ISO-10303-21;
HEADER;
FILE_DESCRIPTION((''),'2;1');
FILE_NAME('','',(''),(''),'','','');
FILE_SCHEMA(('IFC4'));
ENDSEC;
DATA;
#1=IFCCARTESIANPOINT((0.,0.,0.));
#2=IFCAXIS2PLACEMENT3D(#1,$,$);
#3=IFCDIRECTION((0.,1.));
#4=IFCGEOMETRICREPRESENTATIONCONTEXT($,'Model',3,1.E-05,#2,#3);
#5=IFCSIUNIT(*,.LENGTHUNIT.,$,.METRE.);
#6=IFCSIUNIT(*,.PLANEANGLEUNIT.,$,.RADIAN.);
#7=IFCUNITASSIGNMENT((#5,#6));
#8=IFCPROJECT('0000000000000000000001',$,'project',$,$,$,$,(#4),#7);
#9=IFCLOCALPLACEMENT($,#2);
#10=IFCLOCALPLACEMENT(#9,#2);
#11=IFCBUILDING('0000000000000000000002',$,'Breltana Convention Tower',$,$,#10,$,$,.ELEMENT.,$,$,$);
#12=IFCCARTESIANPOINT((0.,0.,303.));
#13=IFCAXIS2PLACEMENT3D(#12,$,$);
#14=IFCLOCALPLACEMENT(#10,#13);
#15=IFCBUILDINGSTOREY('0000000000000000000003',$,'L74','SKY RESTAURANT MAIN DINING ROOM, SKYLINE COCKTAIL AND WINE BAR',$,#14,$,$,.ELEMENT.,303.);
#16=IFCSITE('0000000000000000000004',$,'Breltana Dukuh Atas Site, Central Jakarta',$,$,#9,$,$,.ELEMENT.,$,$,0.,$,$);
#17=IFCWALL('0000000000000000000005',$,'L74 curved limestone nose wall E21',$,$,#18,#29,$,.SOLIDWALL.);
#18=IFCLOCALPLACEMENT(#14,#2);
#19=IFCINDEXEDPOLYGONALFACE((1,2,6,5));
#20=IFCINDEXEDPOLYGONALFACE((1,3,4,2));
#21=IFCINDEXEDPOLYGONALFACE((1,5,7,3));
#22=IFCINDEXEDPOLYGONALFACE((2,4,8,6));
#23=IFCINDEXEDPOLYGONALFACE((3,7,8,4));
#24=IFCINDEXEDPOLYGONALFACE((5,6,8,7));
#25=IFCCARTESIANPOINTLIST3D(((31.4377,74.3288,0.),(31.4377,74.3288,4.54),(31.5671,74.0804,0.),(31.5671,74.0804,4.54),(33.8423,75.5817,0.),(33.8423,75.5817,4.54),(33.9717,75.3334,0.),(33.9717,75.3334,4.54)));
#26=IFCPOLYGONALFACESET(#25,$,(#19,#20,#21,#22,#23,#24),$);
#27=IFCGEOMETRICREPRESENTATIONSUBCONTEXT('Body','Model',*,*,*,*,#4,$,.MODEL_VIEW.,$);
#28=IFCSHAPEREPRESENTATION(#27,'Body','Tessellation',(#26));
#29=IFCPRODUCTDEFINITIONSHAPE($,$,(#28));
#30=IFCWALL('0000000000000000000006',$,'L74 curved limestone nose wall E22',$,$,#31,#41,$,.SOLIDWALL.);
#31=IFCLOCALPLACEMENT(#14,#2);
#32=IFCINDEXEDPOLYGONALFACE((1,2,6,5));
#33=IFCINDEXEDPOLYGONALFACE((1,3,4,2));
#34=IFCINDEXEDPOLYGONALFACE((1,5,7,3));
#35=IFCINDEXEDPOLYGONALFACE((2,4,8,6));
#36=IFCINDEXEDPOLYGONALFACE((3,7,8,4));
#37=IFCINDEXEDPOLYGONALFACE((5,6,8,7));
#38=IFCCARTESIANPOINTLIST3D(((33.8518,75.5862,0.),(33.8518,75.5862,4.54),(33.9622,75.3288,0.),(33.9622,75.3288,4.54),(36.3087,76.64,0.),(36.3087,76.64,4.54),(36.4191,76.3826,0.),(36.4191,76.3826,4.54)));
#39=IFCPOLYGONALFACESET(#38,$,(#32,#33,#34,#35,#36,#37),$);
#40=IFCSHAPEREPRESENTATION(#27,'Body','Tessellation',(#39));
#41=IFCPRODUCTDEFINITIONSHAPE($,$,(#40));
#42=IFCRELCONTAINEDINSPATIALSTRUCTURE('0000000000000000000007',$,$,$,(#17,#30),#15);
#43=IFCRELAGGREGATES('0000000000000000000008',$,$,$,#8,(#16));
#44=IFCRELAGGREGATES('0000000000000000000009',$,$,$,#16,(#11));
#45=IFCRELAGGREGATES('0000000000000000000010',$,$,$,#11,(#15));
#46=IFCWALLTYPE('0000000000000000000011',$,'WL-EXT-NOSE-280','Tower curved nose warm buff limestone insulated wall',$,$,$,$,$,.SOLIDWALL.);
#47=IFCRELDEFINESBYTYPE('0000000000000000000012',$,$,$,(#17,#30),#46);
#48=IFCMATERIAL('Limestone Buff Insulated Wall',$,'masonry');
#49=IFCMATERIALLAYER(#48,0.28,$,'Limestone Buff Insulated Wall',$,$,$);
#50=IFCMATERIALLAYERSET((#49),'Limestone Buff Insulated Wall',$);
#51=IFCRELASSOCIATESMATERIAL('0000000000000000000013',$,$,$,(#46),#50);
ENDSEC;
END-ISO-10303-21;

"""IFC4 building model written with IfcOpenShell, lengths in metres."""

from ifc_helpers import new_model, si_unit, direction, frame, frame_2d, origin, place, context, subcontext, project, spatial, rectangle, extrude, source, transform, mapped, material, layer, layer_set, type_object, element, save


model = new_model("IFC4")

# Units and contexts
model_context = context("Model", 3, precision=1e-05, world=origin(), true_north=direction((0.0, 1.0)))
body_context = subcontext(model_context, "Body", "Model", "MODEL_VIEW")
ifc_project = project(units=[si_unit("LENGTHUNIT", "METRE"), si_unit("PLANEANGLEUNIT", "RADIAN")], contexts=[model_context])

# Site, building, storey
site_placement = place(None, origin())
site = spatial("IfcSite", under=ifc_project, at=site_placement, Name="Breltana Dukuh Atas Site, Central Jakarta", CompositionType="ELEMENT", RefElevation=0.0)
building_placement = place(site_placement, origin())
building = spatial("IfcBuilding", under=site, at=building_placement, Name="Breltana Convention Tower", CompositionType="ELEMENT")
storey_placement = place(building_placement, frame((0.0, 0.0, 303.0)))
storey = spatial("IfcBuildingStorey", under=building, at=storey_placement, Name="L74", Description="SKY RESTAURANT MAIN DINING ROOM, SKYLINE COCKTAIL AND WINE BAR", CompositionType="ELEMENT", Elevation=303.0)

# Walls
ifc_material_1 = material(Name="Limestone Buff Insulated Wall", Category="masonry")
ifc_layer_1 = layer(ifc_material_1, 0.28, Name="Limestone Buff Insulated Wall")
ifc_layer_set_1 = layer_set([ifc_layer_1], Name="Limestone Buff Insulated Wall")
wall_type = type_object("IfcWallType", Name="WL-EXT-NOSE-280", Description="Tower curved nose warm buff limestone insulated wall", PredefinedType="SOLIDWALL", material=ifc_layer_set_1)
shared_shape_1 = source(origin(), body_context, "Body", "SweptSolid", [
    extrude(rectangle(XDim=2.7114, YDim=0.28, at=frame_2d((1.3557, 0.0))), origin(), (0.0, 0.0, 1.0), 4.54),
])
wall_1_placement = place(storey_placement, frame((31.5024, 74.2046, 0.0), z_axis=(0.0, 0.0, 1.0), x_axis=(0.886829, 0.462098, 0.0)))
element("IfcWall", 1, at=wall_1_placement, inside=storey, type_object=wall_type, Name="L74 curved limestone nose wall E21", PredefinedType="SOLIDWALL", context=body_context, shape_type="MappedRepresentation", body=[
    mapped(shared_shape_1, transform((0.0, 0.0, 0.0), scale=1.0)),
])
shared_shape_2 = source(origin(), body_context, "Body", "SweptSolid", [
    extrude(rectangle(XDim=2.6733, YDim=0.28, at=frame_2d((1.3367, 0.0))), origin(), (0.0, 0.0, 1.0), 4.54),
])
wall_2_placement = place(storey_placement, frame((33.907, 75.4575, 0.0), z_axis=(0.0, 0.0, 1.0), x_axis=(0.919036, 0.394173, 0.0)))
element("IfcWall", 2, at=wall_2_placement, inside=storey, type_object=wall_type, Name="L74 curved limestone nose wall E22", PredefinedType="SOLIDWALL", context=body_context, shape_type="MappedRepresentation", body=[
    mapped(shared_shape_2, transform((0.0, 0.0, 0.0), scale=1.0)),
])

save(model, "model.ifc")
